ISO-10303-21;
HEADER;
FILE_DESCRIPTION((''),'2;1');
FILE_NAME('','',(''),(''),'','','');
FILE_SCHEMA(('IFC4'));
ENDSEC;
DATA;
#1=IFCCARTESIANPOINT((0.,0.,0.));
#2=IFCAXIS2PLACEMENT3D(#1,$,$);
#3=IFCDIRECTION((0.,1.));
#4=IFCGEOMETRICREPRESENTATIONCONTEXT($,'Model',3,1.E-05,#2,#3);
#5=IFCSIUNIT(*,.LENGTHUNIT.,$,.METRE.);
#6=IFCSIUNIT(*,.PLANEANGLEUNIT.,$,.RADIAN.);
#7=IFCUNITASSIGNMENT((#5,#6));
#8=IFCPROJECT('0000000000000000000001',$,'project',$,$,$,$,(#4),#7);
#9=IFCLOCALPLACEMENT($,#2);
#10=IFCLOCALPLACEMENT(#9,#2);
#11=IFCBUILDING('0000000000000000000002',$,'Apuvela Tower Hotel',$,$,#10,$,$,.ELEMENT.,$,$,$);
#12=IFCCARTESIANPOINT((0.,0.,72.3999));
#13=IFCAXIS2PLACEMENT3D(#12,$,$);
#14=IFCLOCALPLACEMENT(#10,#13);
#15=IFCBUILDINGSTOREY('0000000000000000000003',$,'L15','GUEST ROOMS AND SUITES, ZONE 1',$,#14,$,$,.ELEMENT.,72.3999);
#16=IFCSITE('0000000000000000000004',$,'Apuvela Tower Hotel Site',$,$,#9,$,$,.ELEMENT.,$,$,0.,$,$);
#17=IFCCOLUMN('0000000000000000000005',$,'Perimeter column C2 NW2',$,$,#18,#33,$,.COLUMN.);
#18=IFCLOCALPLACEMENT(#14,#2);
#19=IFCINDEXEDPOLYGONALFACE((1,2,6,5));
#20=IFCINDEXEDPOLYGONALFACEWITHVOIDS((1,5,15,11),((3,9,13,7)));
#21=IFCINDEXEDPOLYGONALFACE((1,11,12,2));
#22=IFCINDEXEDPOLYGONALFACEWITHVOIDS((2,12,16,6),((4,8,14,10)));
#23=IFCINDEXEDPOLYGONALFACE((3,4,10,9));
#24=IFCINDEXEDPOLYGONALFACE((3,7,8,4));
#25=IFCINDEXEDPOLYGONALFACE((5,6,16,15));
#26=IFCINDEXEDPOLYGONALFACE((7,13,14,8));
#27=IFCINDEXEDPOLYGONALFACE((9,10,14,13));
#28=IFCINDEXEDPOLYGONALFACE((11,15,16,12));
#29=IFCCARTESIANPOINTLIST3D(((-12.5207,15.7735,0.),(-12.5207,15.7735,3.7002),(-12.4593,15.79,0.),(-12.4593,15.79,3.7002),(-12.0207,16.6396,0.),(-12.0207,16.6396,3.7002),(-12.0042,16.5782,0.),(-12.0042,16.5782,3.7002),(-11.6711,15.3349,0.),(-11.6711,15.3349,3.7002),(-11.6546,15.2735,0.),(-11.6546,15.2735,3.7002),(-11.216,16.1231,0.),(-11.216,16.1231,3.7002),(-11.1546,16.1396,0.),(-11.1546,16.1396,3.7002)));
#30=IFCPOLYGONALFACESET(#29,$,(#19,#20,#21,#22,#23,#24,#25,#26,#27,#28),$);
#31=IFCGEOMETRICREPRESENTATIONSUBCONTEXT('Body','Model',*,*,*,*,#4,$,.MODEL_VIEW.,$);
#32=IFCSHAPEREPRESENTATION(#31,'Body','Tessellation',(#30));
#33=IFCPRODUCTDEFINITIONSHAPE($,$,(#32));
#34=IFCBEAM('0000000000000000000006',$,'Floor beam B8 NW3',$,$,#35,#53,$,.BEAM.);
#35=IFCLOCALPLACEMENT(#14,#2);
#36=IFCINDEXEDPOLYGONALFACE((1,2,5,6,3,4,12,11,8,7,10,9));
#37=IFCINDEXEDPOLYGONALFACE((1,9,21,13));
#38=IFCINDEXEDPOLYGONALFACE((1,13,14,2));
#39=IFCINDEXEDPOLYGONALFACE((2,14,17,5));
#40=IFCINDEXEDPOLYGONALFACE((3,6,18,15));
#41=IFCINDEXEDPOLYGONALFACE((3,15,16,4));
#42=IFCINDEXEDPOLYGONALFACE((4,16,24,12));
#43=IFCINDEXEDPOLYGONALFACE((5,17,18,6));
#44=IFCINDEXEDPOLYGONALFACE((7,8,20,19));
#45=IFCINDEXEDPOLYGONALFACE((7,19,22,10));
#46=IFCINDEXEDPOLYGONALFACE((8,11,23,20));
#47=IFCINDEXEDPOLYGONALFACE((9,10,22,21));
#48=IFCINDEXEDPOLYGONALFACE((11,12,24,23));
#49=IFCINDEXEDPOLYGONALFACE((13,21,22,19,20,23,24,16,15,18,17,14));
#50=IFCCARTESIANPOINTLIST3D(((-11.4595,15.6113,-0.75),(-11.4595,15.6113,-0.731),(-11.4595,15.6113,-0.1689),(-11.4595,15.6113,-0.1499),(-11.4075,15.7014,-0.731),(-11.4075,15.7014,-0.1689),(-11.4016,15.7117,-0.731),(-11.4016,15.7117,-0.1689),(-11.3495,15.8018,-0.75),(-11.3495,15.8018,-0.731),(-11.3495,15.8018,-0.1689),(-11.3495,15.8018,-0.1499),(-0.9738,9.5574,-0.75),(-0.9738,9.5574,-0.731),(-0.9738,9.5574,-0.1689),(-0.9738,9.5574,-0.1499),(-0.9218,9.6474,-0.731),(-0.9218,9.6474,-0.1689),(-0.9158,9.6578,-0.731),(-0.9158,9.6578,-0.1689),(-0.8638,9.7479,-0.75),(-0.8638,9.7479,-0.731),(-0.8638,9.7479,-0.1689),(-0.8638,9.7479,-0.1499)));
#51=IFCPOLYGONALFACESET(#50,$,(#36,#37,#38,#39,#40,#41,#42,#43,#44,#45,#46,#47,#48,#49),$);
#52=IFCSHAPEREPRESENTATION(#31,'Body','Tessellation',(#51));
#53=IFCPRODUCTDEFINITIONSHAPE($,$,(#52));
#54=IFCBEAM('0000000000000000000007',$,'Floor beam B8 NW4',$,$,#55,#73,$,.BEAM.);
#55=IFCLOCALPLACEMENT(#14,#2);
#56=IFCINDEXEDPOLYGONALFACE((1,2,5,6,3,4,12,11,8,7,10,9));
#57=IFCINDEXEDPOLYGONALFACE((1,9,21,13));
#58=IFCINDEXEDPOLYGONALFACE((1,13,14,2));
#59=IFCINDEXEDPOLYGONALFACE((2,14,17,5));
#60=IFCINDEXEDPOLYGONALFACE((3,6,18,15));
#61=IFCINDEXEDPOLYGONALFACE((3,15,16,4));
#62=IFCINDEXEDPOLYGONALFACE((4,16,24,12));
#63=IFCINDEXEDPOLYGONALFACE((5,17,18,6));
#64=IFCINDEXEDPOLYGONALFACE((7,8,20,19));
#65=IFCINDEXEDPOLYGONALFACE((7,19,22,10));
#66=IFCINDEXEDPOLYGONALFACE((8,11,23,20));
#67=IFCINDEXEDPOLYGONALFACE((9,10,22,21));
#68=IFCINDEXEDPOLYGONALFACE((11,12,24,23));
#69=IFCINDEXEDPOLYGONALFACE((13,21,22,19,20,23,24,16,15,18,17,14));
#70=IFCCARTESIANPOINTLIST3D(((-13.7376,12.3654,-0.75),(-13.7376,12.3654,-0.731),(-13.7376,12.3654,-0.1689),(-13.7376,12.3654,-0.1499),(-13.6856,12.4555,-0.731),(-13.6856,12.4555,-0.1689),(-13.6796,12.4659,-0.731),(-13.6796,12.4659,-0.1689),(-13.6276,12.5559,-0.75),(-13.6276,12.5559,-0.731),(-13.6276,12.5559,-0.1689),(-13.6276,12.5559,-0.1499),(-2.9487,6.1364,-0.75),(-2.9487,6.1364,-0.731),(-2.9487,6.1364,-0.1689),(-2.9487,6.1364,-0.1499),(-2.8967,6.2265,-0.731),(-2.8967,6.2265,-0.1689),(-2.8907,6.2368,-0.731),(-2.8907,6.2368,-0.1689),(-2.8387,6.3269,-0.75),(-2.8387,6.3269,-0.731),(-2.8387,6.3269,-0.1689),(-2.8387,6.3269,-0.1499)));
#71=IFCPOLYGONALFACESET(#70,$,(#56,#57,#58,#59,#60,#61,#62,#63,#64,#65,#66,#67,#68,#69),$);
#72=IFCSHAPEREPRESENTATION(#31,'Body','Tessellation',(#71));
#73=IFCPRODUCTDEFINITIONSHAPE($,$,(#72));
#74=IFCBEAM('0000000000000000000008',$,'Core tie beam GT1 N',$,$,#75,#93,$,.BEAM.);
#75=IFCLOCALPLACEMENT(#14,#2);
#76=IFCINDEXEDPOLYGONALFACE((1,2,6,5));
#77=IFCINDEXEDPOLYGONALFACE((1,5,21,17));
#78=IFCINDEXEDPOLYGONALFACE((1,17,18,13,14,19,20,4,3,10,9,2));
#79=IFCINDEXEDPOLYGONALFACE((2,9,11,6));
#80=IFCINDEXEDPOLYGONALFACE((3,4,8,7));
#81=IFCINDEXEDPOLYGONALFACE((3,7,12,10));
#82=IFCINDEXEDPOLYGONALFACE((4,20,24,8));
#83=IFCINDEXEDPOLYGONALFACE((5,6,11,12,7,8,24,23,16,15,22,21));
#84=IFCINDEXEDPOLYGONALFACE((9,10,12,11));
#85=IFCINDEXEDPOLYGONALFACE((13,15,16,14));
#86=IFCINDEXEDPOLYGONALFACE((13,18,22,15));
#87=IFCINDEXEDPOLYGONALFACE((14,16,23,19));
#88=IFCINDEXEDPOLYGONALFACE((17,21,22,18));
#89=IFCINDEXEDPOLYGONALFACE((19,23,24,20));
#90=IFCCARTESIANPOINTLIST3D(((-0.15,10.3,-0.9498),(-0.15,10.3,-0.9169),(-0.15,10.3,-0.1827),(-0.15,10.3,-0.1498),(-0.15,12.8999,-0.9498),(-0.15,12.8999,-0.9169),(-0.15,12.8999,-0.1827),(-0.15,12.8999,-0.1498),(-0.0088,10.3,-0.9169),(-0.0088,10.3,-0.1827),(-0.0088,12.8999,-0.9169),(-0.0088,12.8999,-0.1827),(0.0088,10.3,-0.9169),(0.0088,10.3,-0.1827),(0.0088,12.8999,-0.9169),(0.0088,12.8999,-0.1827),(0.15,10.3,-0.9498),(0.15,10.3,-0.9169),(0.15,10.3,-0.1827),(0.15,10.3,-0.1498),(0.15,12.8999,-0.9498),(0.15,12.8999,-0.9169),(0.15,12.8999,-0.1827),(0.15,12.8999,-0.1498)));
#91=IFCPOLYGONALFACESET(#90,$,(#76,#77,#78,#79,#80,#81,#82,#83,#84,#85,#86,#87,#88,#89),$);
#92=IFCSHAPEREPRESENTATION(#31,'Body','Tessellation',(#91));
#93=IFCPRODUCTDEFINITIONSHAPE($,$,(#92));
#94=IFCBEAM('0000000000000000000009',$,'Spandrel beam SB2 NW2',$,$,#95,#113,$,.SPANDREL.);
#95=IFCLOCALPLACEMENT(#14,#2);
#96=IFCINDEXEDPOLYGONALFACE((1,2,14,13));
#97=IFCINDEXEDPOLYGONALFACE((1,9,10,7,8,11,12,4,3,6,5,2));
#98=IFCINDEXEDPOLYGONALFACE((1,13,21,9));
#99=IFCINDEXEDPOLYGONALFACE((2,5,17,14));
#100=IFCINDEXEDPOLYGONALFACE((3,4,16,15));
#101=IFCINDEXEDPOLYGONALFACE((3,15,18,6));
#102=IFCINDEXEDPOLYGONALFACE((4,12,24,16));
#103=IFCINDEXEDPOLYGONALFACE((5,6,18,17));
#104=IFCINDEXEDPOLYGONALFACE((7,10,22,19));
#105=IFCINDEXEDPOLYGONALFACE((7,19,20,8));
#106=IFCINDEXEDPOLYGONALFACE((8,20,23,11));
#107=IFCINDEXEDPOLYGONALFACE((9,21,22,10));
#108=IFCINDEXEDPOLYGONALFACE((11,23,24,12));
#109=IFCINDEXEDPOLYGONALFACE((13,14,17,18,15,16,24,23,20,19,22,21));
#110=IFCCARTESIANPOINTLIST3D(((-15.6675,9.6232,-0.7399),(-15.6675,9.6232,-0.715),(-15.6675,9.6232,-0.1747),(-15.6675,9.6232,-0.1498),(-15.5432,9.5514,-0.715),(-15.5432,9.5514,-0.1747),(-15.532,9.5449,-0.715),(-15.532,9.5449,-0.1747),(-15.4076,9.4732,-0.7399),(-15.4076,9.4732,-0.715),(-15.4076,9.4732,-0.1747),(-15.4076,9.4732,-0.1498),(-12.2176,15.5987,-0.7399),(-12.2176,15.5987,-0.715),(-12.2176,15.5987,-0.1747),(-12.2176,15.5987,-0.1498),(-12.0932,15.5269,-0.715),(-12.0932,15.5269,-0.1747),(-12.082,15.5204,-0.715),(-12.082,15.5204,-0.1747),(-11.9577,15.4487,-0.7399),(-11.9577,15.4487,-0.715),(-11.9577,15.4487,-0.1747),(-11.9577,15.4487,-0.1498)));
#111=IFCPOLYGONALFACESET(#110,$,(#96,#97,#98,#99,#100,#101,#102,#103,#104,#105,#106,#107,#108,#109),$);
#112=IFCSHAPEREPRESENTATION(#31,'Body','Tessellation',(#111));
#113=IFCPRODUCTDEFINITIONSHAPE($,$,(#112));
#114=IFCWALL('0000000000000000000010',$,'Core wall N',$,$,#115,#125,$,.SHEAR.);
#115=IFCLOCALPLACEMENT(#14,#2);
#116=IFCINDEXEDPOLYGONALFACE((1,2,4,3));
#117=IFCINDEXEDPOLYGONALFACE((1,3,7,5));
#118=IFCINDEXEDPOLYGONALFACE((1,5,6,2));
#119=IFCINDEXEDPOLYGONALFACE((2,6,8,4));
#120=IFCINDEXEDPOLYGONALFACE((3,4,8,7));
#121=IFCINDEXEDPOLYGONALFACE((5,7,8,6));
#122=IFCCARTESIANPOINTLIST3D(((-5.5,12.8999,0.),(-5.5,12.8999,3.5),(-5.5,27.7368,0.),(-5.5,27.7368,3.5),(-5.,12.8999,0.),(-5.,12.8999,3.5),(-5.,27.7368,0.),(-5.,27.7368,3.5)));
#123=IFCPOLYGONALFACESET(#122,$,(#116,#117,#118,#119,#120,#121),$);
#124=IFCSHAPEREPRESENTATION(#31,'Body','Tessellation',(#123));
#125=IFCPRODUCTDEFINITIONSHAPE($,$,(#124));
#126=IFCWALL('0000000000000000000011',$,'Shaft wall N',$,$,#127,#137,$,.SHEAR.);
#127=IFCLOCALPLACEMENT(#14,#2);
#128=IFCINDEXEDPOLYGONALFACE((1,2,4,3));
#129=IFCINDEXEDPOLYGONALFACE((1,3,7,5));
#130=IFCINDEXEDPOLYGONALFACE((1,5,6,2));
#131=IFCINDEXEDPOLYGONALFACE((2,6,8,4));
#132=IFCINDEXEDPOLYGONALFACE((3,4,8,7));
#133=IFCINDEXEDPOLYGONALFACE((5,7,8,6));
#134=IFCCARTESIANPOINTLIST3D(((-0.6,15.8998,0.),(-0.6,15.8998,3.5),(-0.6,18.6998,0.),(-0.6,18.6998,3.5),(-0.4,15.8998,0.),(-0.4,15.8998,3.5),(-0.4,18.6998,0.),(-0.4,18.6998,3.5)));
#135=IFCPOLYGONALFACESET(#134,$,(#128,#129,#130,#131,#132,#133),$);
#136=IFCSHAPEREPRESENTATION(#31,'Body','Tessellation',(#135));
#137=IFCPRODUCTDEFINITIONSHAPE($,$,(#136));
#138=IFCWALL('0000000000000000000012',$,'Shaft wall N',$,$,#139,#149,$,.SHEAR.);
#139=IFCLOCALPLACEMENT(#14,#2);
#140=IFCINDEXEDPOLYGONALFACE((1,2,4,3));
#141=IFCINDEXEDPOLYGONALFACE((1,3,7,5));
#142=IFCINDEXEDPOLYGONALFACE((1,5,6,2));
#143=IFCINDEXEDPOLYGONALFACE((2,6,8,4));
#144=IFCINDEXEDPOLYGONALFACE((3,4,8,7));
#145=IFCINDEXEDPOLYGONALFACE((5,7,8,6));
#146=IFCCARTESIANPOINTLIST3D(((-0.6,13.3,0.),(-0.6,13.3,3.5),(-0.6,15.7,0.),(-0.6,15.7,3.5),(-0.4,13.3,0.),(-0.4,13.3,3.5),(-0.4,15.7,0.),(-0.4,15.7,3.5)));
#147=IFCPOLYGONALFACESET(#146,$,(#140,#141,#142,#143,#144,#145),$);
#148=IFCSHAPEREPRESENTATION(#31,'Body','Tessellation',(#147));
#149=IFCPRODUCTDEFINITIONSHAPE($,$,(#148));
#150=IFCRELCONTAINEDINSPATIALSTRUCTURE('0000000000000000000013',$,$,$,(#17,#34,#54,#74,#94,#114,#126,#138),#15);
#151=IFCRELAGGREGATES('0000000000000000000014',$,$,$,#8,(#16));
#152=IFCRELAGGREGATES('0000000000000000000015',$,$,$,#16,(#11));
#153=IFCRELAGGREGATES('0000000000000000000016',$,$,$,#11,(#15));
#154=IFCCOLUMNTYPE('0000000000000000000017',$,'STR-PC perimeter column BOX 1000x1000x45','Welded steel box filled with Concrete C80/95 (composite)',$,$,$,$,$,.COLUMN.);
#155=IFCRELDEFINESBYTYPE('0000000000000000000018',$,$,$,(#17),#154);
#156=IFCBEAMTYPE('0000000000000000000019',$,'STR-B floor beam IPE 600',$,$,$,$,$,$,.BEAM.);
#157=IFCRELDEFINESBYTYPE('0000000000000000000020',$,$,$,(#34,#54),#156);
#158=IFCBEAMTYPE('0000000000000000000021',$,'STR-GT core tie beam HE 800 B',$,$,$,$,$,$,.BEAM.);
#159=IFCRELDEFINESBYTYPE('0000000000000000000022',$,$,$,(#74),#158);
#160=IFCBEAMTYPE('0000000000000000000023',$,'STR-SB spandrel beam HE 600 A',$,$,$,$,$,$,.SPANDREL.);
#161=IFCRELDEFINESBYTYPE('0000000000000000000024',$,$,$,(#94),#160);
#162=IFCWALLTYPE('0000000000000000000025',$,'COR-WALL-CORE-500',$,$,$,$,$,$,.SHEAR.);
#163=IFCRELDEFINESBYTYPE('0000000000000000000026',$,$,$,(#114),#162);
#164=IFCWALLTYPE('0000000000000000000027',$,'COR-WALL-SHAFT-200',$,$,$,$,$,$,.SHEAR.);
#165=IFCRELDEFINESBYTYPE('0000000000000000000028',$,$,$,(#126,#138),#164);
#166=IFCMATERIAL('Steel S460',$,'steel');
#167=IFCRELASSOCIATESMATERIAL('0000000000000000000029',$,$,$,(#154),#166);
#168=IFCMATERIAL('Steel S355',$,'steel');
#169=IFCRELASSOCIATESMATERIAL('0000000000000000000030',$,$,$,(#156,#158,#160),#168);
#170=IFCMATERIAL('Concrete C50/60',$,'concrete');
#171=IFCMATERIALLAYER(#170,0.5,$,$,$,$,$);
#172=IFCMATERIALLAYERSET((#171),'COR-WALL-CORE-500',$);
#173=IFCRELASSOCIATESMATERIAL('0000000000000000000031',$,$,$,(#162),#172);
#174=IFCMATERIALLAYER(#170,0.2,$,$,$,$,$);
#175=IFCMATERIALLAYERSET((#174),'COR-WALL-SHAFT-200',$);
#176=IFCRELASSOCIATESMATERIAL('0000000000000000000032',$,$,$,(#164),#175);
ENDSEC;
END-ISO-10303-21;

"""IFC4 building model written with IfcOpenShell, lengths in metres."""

from ifc_helpers import new_model, si_unit, direction, frame, frame_2d, origin, origin_2d, place, context, subcontext, project, spatial, rectangle, hollow_rectangle, i_section, extrude, material, layer, layer_set, material_profile, profile_set, type_object, element, save


model = new_model("IFC4")

# Units and contexts
model_context = context("Model", 3, precision=1e-05, world=origin(), true_north=direction((0.0, 1.0)))
body_context = subcontext(model_context, "Body", "Model", "MODEL_VIEW")
ifc_project = project(units=[si_unit("LENGTHUNIT", "METRE"), si_unit("PLANEANGLEUNIT", "RADIAN")], contexts=[model_context])

# Site, building, storey
site_placement = place(None, origin())
site = spatial("IfcSite", under=ifc_project, at=site_placement, Name="Apuvela Tower Hotel Site", CompositionType="ELEMENT", RefElevation=0.0)
building_placement = place(site_placement, origin())
building = spatial("IfcBuilding", under=site, at=building_placement, Name="Apuvela Tower Hotel", CompositionType="ELEMENT")
storey_placement = place(building_placement, frame((0.0, 0.0, 72.3999)))
storey = spatial("IfcBuildingStorey", under=building, at=storey_placement, Name="L15", Description="GUEST ROOMS AND SUITES, ZONE 1", CompositionType="ELEMENT", Elevation=72.3999)

# Column
ifc_material_1 = material(Name="Steel S460", Category="steel")
ifc_material_profile_1 = material_profile(ifc_material_1, hollow_rectangle(XDim=1.0, YDim=1.0, WallThickness=0.0449, at=origin_2d()), Name="BOX 1000x1000x45")
ifc_material_2 = material(Name="Concrete C80/95", Category="concrete")
ifc_material_profile_2 = material_profile(ifc_material_2, rectangle(XDim=0.9099, YDim=0.9099, at=origin_2d()), Name="Concrete C80/95 infill")
ifc_profile_set_1 = profile_set([ifc_material_profile_1, ifc_material_profile_2], Name="Steel S460")
column_type = type_object("IfcColumnType", Name="STR-PC perimeter column BOX 1000x1000x45", Description="Welded steel box filled with Concrete C80/95 (composite)", PredefinedType="COLUMN", material=ifc_profile_set_1)
column_placement = place(storey_placement, frame((-11.8376, 15.9565, 0.0), z_axis=(0.0, 0.0, 1.0), x_axis=(0.5, 0.866025, 0.0)))
element("IfcColumn", 1, at=column_placement, inside=storey, type_object=column_type, Name="Perimeter column C2 NW2", PredefinedType="COLUMN", context=body_context, shape_type="SweptSolid", body=[
    extrude(hollow_rectangle(XDim=1.0, YDim=1.0, WallThickness=0.0449, at=origin_2d()), origin(), (0.0, 0.0, 1.0), 3.7002),
])

# Beams
ifc_material_3 = material(Name="Steel S355", Category="steel")
ifc_material_profile_3 = material_profile(ifc_material_3, i_section(OverallWidth=0.22, OverallDepth=0.6001, WebThickness=0.012, FlangeThickness=0.019, at=origin_2d()), Name="IPE 600")
ifc_profile_set_2 = profile_set([ifc_material_profile_3], Name="Steel S355")
beam_type_1 = type_object("IfcBeamType", Name="STR-B floor beam IPE 600", PredefinedType="BEAM", material=ifc_profile_set_2)
beam_1_placement = place(storey_placement, frame((-11.4045, 15.7065, -0.45), z_axis=(0.866027, -0.499997, 0.0), x_axis=(0.499997, 0.866027, 0.0)))
element("IfcBeam", 2, at=beam_1_placement, inside=storey, type_object=beam_type_1, Name="Floor beam B8 NW3", PredefinedType="BEAM", context=body_context, shape_type="SweptSolid", body=[
    extrude(i_section(OverallWidth=0.22, OverallDepth=0.6001, WebThickness=0.012, FlangeThickness=0.019, at=origin_2d()), origin(), (0.0, 0.0, 1.0), 12.1079),
])
beam_2_placement = place(storey_placement, frame((-13.6826, 12.4607, -0.45), z_axis=(0.866023, -0.500005, 0.0), x_axis=(0.500005, 0.866023, 0.0)))
element("IfcBeam", 3, at=beam_2_placement, inside=storey, type_object=beam_type_1, Name="Floor beam B8 NW4", PredefinedType="BEAM", context=body_context, shape_type="SweptSolid", body=[
    extrude(i_section(OverallWidth=0.22, OverallDepth=0.6001, WebThickness=0.012, FlangeThickness=0.019, at=origin_2d()), origin(), (0.0, 0.0, 1.0), 12.458),
])
ifc_material_profile_4 = material_profile(ifc_material_3, i_section(OverallWidth=0.3, OverallDepth=0.8, WebThickness=0.0176, FlangeThickness=0.033, at=origin_2d()), Name="HE 800 B")
ifc_profile_set_3 = profile_set([ifc_material_profile_4], Name="Steel S355")
beam_type_2 = type_object("IfcBeamType", Name="STR-GT core tie beam HE 800 B", PredefinedType="BEAM", material=ifc_profile_set_3)
beam_3_placement = place(storey_placement, frame((0.0, 12.8999, -0.5498), z_axis=(0.0, -1.0, 0.0), x_axis=(1.0, 0.0, 0.0)))
element("IfcBeam", 4, at=beam_3_placement, inside=storey, type_object=beam_type_2, Name="Core tie beam GT1 N", PredefinedType="BEAM", context=body_context, shape_type="SweptSolid", body=[
    extrude(i_section(OverallWidth=0.3, OverallDepth=0.8, WebThickness=0.0176, FlangeThickness=0.033, at=origin_2d()), origin(), (0.0, 0.0, 1.0), 2.5999),
])
ifc_material_profile_5 = material_profile(ifc_material_3, i_section(OverallWidth=0.3, OverallDepth=0.5901, WebThickness=0.0129, FlangeThickness=0.0249, at=origin_2d()), Name="HE 600 A")
ifc_profile_set_4 = profile_set([ifc_material_profile_5], Name="Steel S355")
beam_type_3 = type_object("IfcBeamType", Name="STR-SB spandrel beam HE 600 A", PredefinedType="SPANDREL", material=ifc_profile_set_4)
beam_4_placement = place(storey_placement, frame((-12.0876, 15.5237, -0.4448), z_axis=(-0.499994, -0.866029, 0.0), x_axis=(0.866029, -0.499994, 0.0)))
element("IfcBeam", 5, at=beam_4_placement, inside=storey, type_object=beam_type_3, Name="Spandrel beam SB2 NW2", PredefinedType="SPANDREL", context=body_context, shape_type="SweptSolid", body=[
    extrude(i_section(OverallWidth=0.3, OverallDepth=0.5901, WebThickness=0.0129, FlangeThickness=0.0249, at=origin_2d()), origin(), (0.0, 0.0, 1.0), 6.8999),
])

# Walls
ifc_material_4 = material(Name="Concrete C50/60", Category="concrete")
ifc_layer_1 = layer(ifc_material_4, 0.5)
ifc_layer_set_1 = layer_set([ifc_layer_1], Name="COR-WALL-CORE-500")
wall_type_1 = type_object("IfcWallType", Name="COR-WALL-CORE-500", PredefinedType="SHEAR", material=ifc_layer_set_1)
wall_1_placement = place(storey_placement, frame((-5.25, 12.8999, 0.0), z_axis=(0.0, 0.0, 1.0), x_axis=(0.0, 1.0, 0.0)))
element("IfcWall", 6, at=wall_1_placement, inside=storey, type_object=wall_type_1, Name="Core wall N", PredefinedType="SHEAR", context=body_context, shape_type="SweptSolid", body=[
    extrude(rectangle(XDim=14.8369, YDim=0.5, at=frame_2d((7.4185, 0.0))), origin(), (0.0, 0.0, 1.0), 3.5),
])
ifc_layer_2 = layer(ifc_material_4, 0.2)
ifc_layer_set_2 = layer_set([ifc_layer_2], Name="COR-WALL-SHAFT-200")
wall_type_2 = type_object("IfcWallType", Name="COR-WALL-SHAFT-200", PredefinedType="SHEAR", material=ifc_layer_set_2)
wall_2_placement = place(storey_placement, frame((-0.5, 15.8999, 0.0), z_axis=(0.0, 0.0, 1.0), x_axis=(0.0, 1.0, 0.0)))
element("IfcWall", 7, at=wall_2_placement, inside=storey, type_object=wall_type_2, Name="Shaft wall N", PredefinedType="SHEAR", context=body_context, shape_type="SweptSolid", body=[
    extrude(rectangle(XDim=2.8, YDim=0.2, at=frame_2d((1.3999, 0.0))), origin(), (0.0, 0.0, 1.0), 3.5),
])
wall_3_placement = place(storey_placement, frame((-0.5, 13.3, 0.0), z_axis=(0.0, 0.0, 1.0), x_axis=(0.0, 1.0, 0.0)))
element("IfcWall", 8, at=wall_3_placement, inside=storey, type_object=wall_type_2, Name="Shaft wall N", PredefinedType="SHEAR", context=body_context, shape_type="SweptSolid", body=[
    extrude(rectangle(XDim=2.3999, YDim=0.2, at=frame_2d((1.2, 0.0))), origin(), (0.0, 0.0, 1.0), 3.5),
])

save(model, "model.ifc")
